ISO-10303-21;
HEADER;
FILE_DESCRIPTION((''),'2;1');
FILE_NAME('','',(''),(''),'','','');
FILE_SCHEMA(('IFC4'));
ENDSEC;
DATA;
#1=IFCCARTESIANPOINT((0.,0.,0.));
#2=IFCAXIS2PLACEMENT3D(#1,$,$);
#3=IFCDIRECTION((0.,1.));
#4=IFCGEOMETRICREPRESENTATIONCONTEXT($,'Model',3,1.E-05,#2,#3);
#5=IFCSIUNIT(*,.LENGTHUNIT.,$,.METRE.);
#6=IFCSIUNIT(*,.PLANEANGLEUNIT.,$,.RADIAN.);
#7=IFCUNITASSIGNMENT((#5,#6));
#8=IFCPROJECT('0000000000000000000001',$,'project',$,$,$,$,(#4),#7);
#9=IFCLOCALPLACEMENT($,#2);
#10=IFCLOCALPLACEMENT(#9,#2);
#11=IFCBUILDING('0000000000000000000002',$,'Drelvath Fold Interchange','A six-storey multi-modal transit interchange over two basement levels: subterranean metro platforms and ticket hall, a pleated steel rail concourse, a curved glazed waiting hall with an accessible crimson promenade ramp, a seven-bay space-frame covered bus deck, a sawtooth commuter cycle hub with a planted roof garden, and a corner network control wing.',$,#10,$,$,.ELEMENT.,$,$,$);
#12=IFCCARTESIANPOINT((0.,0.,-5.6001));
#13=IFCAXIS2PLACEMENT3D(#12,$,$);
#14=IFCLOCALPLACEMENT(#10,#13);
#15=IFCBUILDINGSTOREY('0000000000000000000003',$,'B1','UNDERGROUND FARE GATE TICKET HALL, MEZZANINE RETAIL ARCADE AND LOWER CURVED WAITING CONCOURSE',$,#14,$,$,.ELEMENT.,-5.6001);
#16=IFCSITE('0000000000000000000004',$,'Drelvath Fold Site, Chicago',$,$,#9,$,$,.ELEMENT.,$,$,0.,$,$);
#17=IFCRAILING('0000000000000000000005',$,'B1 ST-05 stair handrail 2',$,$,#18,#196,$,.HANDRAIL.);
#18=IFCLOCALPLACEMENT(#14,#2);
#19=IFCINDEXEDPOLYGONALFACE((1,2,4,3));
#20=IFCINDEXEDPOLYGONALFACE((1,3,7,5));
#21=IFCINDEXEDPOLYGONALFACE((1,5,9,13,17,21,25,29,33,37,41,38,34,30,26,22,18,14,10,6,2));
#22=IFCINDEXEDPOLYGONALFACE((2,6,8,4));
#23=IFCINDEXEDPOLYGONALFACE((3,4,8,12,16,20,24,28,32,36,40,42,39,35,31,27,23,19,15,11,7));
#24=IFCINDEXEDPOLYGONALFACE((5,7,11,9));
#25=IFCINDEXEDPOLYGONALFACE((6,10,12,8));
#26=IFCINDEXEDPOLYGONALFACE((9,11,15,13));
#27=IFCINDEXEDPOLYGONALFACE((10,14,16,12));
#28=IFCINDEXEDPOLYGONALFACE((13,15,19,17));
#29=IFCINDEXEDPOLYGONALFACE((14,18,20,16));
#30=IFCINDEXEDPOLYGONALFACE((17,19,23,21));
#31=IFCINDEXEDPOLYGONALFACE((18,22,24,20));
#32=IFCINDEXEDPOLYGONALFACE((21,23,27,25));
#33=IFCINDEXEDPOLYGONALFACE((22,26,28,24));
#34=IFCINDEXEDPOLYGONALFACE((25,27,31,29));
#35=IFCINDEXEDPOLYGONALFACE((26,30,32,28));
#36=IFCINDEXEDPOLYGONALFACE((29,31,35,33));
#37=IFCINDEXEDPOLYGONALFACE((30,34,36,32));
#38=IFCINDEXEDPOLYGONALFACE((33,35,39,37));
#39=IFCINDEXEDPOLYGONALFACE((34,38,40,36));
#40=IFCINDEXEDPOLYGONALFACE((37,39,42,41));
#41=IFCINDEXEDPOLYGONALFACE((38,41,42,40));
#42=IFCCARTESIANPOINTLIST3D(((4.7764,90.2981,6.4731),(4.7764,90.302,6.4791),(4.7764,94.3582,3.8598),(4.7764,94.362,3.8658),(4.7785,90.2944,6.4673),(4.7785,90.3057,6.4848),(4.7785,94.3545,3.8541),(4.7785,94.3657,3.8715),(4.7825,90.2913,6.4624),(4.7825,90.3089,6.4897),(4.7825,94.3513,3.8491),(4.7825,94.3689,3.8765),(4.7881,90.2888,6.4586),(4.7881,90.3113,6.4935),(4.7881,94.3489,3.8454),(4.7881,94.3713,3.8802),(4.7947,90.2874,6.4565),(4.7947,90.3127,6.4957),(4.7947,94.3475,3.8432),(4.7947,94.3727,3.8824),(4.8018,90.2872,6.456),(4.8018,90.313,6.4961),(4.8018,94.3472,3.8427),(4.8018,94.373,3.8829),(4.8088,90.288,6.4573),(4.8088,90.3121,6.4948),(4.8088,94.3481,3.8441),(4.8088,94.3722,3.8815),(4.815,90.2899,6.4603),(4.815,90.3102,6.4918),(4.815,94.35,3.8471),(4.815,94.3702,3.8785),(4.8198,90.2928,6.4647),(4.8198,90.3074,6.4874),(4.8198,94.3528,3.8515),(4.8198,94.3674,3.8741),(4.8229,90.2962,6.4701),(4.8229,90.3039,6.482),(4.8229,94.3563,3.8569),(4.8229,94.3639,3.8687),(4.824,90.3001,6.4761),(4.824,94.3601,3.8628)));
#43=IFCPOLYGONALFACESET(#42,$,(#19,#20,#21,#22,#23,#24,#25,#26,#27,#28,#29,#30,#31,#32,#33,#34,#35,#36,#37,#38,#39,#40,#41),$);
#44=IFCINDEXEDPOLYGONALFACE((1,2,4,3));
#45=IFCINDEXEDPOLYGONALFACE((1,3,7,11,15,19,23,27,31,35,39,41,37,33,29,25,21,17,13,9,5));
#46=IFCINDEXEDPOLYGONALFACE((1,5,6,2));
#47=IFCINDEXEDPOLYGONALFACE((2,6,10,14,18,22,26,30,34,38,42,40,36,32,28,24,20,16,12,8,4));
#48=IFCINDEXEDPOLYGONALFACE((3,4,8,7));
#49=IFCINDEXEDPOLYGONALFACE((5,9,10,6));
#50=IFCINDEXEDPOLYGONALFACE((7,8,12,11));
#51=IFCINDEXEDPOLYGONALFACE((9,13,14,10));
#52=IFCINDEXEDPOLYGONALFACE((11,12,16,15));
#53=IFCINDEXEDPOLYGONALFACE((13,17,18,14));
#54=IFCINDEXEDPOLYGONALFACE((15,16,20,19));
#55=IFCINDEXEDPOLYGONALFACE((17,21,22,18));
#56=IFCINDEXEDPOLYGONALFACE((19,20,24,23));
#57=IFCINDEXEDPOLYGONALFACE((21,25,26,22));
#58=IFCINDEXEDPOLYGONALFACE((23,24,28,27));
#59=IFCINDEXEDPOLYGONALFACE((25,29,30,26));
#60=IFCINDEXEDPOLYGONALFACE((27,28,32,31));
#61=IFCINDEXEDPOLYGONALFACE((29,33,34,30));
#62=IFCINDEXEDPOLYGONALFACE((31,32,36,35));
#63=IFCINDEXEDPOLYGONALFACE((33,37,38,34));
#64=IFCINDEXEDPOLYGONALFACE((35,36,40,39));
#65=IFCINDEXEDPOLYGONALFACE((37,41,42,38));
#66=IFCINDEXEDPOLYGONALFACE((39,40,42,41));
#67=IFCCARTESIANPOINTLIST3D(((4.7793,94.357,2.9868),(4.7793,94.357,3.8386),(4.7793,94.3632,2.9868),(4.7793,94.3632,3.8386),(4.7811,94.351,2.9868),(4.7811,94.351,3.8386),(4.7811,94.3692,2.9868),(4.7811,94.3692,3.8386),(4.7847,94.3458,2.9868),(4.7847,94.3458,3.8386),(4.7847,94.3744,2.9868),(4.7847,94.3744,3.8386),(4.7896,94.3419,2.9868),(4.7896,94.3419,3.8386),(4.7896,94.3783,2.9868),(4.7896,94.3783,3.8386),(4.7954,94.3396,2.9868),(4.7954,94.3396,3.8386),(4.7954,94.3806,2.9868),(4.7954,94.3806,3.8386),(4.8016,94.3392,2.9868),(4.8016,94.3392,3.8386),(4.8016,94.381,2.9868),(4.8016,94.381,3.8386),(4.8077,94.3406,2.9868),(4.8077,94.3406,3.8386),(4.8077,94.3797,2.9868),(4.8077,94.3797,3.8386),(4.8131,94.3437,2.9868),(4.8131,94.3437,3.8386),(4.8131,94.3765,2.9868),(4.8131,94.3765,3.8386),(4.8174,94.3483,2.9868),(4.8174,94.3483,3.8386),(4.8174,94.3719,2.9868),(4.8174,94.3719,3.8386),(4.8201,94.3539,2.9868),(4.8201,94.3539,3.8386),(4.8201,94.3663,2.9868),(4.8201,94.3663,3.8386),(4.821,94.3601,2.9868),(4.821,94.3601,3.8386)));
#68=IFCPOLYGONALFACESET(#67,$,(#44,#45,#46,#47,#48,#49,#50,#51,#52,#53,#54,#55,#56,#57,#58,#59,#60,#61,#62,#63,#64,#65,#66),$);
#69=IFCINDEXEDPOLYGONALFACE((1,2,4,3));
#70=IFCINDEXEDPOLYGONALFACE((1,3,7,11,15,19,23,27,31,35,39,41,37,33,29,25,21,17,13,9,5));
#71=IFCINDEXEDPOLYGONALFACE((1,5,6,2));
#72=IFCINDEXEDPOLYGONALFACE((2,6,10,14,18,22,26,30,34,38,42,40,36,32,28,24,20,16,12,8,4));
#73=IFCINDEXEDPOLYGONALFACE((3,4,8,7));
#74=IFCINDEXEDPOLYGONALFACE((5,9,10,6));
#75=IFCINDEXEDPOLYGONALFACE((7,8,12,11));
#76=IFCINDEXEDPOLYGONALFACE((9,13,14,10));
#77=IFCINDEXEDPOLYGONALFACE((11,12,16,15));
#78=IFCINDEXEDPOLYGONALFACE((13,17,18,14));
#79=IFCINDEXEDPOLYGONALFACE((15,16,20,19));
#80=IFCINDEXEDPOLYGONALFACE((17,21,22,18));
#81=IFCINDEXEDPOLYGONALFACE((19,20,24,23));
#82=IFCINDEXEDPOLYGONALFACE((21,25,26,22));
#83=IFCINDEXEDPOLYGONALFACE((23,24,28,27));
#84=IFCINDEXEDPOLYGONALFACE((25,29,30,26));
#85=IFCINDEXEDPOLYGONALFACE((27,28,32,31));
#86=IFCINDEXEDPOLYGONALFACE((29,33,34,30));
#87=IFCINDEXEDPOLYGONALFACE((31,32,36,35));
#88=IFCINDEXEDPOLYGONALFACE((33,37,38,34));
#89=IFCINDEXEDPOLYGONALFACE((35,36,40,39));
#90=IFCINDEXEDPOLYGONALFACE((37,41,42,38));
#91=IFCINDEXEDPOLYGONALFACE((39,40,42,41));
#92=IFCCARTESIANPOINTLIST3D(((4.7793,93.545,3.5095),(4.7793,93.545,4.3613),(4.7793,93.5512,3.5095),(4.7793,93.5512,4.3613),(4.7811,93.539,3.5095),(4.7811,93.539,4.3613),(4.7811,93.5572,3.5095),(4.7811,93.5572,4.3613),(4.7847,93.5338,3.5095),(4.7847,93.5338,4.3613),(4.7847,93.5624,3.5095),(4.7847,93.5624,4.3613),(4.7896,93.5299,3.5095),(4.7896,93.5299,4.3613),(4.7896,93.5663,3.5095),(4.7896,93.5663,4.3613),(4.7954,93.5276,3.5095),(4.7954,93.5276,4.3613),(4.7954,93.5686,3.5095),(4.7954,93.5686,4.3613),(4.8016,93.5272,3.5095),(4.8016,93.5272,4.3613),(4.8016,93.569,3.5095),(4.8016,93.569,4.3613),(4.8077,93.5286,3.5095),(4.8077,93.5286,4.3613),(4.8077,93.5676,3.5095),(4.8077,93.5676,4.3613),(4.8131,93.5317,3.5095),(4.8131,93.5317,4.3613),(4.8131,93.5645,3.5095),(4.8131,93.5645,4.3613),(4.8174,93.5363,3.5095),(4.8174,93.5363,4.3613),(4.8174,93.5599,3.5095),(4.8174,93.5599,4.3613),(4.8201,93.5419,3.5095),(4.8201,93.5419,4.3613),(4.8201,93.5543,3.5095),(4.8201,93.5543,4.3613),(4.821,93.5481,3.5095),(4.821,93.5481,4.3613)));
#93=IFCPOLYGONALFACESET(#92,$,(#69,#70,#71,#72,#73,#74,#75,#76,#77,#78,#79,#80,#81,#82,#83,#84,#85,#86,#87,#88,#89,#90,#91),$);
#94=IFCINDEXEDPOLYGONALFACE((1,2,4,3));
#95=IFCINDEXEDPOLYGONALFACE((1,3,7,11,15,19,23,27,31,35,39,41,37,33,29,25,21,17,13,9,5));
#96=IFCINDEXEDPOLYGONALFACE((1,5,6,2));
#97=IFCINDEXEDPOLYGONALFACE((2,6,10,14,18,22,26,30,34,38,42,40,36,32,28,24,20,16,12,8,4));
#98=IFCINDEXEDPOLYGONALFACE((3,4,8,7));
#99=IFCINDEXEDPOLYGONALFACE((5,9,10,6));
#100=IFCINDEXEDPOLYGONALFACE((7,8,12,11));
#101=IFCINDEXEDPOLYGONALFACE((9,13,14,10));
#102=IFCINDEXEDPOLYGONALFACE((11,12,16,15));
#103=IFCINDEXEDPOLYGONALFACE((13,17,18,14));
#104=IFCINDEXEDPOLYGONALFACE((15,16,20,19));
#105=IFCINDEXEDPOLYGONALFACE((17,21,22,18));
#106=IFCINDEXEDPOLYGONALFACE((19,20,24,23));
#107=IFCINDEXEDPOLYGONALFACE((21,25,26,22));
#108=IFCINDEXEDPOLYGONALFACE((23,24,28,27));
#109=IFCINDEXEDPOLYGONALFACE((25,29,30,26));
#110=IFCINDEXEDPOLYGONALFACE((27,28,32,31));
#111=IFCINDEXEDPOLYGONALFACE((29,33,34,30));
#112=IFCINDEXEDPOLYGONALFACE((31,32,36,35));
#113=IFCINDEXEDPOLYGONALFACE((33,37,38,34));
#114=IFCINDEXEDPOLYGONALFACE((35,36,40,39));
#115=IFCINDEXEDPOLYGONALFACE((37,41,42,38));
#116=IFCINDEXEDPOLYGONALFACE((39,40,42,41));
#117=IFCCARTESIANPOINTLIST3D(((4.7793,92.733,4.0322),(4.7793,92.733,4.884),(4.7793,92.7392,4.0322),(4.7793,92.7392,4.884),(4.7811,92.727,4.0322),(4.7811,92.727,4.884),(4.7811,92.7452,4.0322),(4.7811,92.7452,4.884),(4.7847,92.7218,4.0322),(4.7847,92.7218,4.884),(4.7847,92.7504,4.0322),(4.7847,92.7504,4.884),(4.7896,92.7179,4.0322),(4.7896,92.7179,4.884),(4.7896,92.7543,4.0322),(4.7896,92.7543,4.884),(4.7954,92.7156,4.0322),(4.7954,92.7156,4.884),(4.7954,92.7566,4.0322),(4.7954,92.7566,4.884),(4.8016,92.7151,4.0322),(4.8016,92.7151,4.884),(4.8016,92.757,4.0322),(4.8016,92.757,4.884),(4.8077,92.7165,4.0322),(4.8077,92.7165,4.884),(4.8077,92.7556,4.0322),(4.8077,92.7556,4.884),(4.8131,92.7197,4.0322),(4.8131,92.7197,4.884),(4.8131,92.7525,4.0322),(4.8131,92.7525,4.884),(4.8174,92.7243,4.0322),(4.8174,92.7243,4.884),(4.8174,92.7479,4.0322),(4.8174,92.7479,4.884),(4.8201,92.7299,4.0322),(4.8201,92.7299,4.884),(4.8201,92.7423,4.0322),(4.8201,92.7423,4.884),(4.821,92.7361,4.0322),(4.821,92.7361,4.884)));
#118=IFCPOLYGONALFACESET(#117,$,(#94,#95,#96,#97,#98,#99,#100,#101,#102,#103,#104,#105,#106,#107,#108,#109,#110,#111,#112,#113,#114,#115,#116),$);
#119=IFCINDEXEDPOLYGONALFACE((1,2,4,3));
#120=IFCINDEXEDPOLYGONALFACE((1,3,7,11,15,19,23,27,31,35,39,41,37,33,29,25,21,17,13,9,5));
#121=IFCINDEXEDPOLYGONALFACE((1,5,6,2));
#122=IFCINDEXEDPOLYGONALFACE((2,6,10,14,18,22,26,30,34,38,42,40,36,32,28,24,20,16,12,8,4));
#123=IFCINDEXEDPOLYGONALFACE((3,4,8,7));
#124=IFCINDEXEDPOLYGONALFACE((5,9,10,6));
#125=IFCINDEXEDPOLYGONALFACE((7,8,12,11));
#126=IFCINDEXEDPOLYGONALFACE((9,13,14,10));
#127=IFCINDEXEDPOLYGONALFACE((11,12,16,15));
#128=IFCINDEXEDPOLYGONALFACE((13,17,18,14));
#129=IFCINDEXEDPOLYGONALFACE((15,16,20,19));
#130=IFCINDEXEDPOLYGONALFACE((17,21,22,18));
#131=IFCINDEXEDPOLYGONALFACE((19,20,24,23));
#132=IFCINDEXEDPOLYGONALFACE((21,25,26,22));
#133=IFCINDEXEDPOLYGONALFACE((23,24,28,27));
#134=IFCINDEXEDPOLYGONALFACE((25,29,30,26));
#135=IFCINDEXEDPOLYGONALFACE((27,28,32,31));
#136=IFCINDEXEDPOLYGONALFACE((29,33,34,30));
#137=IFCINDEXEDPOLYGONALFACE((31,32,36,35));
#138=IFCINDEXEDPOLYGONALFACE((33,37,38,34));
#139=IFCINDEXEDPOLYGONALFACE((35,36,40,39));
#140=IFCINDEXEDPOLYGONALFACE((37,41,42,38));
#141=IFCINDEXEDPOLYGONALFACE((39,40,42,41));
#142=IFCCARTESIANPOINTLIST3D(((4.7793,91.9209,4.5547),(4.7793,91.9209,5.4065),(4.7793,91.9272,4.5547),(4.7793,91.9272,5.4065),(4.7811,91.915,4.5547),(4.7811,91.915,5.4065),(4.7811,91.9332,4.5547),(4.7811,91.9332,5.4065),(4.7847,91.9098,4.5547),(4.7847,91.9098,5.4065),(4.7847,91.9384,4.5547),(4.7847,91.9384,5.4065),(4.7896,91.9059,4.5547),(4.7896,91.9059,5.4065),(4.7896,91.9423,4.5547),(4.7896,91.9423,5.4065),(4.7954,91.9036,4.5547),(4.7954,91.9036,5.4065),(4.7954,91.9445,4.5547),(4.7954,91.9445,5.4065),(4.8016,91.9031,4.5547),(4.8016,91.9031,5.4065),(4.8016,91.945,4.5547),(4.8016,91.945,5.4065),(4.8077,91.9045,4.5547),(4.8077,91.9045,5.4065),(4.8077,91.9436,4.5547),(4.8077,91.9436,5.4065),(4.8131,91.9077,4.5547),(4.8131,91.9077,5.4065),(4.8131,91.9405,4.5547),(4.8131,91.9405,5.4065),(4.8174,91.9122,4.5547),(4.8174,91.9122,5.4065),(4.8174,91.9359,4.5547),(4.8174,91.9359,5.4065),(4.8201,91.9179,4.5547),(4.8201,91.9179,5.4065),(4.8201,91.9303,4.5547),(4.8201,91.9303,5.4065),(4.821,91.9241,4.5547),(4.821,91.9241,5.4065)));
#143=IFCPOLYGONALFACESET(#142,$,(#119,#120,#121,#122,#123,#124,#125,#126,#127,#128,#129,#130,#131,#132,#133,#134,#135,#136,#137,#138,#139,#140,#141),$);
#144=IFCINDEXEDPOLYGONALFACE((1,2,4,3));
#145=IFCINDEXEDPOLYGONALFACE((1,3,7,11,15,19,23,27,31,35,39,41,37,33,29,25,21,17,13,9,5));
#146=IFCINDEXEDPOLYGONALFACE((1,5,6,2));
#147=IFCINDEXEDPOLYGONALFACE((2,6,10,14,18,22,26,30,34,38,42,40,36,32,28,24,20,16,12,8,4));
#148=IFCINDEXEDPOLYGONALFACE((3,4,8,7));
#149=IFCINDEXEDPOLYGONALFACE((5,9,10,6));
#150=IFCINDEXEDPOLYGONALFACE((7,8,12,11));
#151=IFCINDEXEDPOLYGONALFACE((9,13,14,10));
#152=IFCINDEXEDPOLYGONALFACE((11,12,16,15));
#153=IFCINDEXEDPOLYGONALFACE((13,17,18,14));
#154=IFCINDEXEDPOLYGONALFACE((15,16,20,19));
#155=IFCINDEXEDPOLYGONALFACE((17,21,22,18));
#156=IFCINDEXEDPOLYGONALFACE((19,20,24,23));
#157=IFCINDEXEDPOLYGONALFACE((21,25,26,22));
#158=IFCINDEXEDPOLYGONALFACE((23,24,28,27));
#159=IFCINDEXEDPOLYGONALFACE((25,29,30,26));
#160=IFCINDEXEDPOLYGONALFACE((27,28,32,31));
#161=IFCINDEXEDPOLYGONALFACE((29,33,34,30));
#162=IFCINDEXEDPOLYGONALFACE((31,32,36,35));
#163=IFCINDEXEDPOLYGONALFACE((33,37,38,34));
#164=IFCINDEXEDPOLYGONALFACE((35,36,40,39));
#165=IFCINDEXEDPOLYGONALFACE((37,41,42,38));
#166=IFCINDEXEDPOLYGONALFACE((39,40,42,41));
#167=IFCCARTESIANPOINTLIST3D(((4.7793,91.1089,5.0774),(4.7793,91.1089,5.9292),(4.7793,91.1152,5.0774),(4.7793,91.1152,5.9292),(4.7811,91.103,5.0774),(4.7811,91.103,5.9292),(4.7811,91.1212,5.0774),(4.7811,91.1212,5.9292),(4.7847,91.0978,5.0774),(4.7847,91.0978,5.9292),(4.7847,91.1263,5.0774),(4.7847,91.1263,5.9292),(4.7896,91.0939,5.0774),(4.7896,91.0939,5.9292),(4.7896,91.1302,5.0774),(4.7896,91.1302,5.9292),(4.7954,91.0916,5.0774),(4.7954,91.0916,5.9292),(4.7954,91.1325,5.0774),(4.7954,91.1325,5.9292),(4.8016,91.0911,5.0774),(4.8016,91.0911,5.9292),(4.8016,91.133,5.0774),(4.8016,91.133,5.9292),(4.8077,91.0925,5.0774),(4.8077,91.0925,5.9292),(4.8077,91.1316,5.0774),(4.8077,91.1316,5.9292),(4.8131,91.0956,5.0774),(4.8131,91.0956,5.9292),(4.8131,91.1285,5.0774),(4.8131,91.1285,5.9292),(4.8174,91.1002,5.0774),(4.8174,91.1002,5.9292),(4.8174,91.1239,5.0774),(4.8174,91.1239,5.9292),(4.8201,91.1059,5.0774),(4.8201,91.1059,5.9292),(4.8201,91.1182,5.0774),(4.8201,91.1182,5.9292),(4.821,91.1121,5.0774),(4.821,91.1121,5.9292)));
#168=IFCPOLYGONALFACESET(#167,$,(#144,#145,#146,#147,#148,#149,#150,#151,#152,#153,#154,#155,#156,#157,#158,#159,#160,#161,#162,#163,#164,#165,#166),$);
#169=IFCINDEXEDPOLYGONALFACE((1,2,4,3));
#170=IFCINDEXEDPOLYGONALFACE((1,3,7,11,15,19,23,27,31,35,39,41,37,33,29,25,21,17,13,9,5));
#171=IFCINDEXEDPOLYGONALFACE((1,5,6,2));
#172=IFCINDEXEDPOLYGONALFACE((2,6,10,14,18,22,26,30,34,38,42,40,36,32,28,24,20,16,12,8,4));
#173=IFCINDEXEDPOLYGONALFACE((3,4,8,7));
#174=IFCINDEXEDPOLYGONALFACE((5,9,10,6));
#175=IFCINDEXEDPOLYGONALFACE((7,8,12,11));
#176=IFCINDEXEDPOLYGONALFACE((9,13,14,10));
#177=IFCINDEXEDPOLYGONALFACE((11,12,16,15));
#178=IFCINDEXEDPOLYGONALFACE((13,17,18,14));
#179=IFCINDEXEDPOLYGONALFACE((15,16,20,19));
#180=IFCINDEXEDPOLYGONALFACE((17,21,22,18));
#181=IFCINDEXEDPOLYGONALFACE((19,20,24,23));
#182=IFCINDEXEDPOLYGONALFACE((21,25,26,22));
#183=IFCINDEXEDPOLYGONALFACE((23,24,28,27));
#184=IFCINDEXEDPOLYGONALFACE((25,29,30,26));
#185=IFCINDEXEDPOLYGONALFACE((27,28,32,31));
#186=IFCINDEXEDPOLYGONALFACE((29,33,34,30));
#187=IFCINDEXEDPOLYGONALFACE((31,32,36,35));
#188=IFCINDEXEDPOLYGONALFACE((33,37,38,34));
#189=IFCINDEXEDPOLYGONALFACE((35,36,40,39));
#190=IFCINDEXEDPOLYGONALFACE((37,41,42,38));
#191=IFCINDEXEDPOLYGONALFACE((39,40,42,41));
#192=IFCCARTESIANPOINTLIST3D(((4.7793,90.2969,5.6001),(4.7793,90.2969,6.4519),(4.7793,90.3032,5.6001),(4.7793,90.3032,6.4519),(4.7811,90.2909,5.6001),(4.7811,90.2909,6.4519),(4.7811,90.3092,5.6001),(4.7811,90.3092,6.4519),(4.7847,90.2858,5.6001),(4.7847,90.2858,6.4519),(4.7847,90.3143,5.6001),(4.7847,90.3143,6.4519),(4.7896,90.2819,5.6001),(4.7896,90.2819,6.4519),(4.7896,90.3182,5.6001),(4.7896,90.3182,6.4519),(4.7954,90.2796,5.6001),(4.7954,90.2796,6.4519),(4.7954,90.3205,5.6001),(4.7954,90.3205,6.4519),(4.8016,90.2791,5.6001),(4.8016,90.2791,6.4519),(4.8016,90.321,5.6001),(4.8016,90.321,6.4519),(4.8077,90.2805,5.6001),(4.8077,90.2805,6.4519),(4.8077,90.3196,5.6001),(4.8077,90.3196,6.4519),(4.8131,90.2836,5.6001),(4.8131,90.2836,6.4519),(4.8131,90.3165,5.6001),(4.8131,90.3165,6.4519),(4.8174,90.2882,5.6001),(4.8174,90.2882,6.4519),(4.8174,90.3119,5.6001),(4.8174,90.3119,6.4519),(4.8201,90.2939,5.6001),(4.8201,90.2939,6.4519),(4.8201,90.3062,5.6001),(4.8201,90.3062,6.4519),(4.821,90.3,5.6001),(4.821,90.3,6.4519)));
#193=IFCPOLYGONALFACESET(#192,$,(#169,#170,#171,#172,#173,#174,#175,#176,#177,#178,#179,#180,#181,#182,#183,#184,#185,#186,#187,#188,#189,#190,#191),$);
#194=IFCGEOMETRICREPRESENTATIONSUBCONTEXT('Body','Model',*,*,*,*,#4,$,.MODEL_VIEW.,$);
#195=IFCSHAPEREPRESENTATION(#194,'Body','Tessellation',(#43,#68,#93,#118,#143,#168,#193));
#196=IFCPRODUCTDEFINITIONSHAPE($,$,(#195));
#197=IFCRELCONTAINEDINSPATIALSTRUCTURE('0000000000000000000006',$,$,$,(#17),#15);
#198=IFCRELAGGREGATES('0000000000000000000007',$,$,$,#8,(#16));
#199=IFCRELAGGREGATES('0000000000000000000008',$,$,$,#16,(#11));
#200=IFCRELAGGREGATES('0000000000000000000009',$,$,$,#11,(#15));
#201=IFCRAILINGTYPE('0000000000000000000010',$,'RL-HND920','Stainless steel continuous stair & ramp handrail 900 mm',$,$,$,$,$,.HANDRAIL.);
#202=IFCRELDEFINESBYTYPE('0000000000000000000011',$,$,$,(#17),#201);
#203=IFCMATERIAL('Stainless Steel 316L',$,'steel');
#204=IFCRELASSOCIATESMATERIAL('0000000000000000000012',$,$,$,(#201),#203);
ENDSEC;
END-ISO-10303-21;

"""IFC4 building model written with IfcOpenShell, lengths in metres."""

from ifc_helpers import new_model, si_unit, direction, frame, origin, origin_2d, place, context, subcontext, project, spatial, circle, extrude, material, type_object, element, save


model = new_model("IFC4")

# Units and contexts
model_context = context("Model", 3, precision=1e-05, world=origin(), true_north=direction((0.0, 1.0)))
body_context = subcontext(model_context, "Body", "Model", "MODEL_VIEW")
ifc_project = project(units=[si_unit("LENGTHUNIT", "METRE"), si_unit("PLANEANGLEUNIT", "RADIAN")], contexts=[model_context])

# Site, building, storey
site_placement = place(None, origin())
site = spatial("IfcSite", under=ifc_project, at=site_placement, Name="Drelvath Fold Site, Chicago", CompositionType="ELEMENT", RefElevation=0.0)
building_placement = place(site_placement, origin())
building = spatial("IfcBuilding", under=site, at=building_placement, Name="Drelvath Fold Interchange", Description="A six-storey multi-modal transit interchange over two basement levels: subterranean metro platforms and ticket hall, a pleated steel rail concourse, a curved glazed waiting hall with an accessible crimson promenade ramp, a seven-bay space-frame covered bus deck, a sawtooth commuter cycle hub with a planted roof garden, and a corner network control wing.", CompositionType="ELEMENT")
storey_placement = place(building_placement, frame((0.0, 0.0, -5.6001)))
storey = spatial("IfcBuildingStorey", under=building, at=storey_placement, Name="B1", Description="UNDERGROUND FARE GATE TICKET HALL, MEZZANINE RETAIL ARCADE AND LOWER CURVED WAITING CONCOURSE", CompositionType="ELEMENT", Elevation=-5.6001)

# Railing
ifc_material_1 = material(Name="Stainless Steel 316L", Category="steel")
railing_type_1 = type_object("IfcRailingType", Name="RL-HND920", Description="Stainless steel continuous stair & ramp handrail 900 mm", PredefinedType="HANDRAIL", material=ifc_material_1)
railing_1_placement = place(storey_placement, frame((4.8, 94.3601, 2.9868)))
element("IfcRailing", 1, at=railing_1_placement, inside=storey, type_object=railing_type_1, Name="B1 ST-05 stair handrail 2", PredefinedType="HANDRAIL", context=body_context, shape_type="SweptSolid", body=[
    extrude(circle(Radius=0.0239, at=origin_2d()), frame((0.0, 0.0, 0.876), z_axis=(0.0, -0.840873, 0.541233), x_axis=(1.0, 0.0, 0.0)), (0.0, 0.0, 1.0), 4.8284),
    extrude(circle(Radius=0.021, at=origin_2d()), origin(), (0.0, 0.0, 1.0), 0.8518),
    extrude(circle(Radius=0.021, at=origin_2d()), frame((0.0, -0.812, 0.5227)), (0.0, 0.0, 1.0), 0.8518),
    extrude(circle(Radius=0.021, at=origin_2d()), frame((0.0, -1.624, 1.0454)), (0.0, 0.0, 1.0), 0.8518),
    extrude(circle(Radius=0.021, at=origin_2d()), frame((0.0, -2.436, 1.5679)), (0.0, 0.0, 1.0), 0.8518),
    extrude(circle(Radius=0.021, at=origin_2d()), frame((0.0, -3.248, 2.0906)), (0.0, 0.0, 1.0), 0.8518),
    extrude(circle(Radius=0.021, at=origin_2d()), frame((0.0, -4.0601, 2.6133)), (0.0, 0.0, 1.0), 0.8518),
])

save(model, "model.ifc")
